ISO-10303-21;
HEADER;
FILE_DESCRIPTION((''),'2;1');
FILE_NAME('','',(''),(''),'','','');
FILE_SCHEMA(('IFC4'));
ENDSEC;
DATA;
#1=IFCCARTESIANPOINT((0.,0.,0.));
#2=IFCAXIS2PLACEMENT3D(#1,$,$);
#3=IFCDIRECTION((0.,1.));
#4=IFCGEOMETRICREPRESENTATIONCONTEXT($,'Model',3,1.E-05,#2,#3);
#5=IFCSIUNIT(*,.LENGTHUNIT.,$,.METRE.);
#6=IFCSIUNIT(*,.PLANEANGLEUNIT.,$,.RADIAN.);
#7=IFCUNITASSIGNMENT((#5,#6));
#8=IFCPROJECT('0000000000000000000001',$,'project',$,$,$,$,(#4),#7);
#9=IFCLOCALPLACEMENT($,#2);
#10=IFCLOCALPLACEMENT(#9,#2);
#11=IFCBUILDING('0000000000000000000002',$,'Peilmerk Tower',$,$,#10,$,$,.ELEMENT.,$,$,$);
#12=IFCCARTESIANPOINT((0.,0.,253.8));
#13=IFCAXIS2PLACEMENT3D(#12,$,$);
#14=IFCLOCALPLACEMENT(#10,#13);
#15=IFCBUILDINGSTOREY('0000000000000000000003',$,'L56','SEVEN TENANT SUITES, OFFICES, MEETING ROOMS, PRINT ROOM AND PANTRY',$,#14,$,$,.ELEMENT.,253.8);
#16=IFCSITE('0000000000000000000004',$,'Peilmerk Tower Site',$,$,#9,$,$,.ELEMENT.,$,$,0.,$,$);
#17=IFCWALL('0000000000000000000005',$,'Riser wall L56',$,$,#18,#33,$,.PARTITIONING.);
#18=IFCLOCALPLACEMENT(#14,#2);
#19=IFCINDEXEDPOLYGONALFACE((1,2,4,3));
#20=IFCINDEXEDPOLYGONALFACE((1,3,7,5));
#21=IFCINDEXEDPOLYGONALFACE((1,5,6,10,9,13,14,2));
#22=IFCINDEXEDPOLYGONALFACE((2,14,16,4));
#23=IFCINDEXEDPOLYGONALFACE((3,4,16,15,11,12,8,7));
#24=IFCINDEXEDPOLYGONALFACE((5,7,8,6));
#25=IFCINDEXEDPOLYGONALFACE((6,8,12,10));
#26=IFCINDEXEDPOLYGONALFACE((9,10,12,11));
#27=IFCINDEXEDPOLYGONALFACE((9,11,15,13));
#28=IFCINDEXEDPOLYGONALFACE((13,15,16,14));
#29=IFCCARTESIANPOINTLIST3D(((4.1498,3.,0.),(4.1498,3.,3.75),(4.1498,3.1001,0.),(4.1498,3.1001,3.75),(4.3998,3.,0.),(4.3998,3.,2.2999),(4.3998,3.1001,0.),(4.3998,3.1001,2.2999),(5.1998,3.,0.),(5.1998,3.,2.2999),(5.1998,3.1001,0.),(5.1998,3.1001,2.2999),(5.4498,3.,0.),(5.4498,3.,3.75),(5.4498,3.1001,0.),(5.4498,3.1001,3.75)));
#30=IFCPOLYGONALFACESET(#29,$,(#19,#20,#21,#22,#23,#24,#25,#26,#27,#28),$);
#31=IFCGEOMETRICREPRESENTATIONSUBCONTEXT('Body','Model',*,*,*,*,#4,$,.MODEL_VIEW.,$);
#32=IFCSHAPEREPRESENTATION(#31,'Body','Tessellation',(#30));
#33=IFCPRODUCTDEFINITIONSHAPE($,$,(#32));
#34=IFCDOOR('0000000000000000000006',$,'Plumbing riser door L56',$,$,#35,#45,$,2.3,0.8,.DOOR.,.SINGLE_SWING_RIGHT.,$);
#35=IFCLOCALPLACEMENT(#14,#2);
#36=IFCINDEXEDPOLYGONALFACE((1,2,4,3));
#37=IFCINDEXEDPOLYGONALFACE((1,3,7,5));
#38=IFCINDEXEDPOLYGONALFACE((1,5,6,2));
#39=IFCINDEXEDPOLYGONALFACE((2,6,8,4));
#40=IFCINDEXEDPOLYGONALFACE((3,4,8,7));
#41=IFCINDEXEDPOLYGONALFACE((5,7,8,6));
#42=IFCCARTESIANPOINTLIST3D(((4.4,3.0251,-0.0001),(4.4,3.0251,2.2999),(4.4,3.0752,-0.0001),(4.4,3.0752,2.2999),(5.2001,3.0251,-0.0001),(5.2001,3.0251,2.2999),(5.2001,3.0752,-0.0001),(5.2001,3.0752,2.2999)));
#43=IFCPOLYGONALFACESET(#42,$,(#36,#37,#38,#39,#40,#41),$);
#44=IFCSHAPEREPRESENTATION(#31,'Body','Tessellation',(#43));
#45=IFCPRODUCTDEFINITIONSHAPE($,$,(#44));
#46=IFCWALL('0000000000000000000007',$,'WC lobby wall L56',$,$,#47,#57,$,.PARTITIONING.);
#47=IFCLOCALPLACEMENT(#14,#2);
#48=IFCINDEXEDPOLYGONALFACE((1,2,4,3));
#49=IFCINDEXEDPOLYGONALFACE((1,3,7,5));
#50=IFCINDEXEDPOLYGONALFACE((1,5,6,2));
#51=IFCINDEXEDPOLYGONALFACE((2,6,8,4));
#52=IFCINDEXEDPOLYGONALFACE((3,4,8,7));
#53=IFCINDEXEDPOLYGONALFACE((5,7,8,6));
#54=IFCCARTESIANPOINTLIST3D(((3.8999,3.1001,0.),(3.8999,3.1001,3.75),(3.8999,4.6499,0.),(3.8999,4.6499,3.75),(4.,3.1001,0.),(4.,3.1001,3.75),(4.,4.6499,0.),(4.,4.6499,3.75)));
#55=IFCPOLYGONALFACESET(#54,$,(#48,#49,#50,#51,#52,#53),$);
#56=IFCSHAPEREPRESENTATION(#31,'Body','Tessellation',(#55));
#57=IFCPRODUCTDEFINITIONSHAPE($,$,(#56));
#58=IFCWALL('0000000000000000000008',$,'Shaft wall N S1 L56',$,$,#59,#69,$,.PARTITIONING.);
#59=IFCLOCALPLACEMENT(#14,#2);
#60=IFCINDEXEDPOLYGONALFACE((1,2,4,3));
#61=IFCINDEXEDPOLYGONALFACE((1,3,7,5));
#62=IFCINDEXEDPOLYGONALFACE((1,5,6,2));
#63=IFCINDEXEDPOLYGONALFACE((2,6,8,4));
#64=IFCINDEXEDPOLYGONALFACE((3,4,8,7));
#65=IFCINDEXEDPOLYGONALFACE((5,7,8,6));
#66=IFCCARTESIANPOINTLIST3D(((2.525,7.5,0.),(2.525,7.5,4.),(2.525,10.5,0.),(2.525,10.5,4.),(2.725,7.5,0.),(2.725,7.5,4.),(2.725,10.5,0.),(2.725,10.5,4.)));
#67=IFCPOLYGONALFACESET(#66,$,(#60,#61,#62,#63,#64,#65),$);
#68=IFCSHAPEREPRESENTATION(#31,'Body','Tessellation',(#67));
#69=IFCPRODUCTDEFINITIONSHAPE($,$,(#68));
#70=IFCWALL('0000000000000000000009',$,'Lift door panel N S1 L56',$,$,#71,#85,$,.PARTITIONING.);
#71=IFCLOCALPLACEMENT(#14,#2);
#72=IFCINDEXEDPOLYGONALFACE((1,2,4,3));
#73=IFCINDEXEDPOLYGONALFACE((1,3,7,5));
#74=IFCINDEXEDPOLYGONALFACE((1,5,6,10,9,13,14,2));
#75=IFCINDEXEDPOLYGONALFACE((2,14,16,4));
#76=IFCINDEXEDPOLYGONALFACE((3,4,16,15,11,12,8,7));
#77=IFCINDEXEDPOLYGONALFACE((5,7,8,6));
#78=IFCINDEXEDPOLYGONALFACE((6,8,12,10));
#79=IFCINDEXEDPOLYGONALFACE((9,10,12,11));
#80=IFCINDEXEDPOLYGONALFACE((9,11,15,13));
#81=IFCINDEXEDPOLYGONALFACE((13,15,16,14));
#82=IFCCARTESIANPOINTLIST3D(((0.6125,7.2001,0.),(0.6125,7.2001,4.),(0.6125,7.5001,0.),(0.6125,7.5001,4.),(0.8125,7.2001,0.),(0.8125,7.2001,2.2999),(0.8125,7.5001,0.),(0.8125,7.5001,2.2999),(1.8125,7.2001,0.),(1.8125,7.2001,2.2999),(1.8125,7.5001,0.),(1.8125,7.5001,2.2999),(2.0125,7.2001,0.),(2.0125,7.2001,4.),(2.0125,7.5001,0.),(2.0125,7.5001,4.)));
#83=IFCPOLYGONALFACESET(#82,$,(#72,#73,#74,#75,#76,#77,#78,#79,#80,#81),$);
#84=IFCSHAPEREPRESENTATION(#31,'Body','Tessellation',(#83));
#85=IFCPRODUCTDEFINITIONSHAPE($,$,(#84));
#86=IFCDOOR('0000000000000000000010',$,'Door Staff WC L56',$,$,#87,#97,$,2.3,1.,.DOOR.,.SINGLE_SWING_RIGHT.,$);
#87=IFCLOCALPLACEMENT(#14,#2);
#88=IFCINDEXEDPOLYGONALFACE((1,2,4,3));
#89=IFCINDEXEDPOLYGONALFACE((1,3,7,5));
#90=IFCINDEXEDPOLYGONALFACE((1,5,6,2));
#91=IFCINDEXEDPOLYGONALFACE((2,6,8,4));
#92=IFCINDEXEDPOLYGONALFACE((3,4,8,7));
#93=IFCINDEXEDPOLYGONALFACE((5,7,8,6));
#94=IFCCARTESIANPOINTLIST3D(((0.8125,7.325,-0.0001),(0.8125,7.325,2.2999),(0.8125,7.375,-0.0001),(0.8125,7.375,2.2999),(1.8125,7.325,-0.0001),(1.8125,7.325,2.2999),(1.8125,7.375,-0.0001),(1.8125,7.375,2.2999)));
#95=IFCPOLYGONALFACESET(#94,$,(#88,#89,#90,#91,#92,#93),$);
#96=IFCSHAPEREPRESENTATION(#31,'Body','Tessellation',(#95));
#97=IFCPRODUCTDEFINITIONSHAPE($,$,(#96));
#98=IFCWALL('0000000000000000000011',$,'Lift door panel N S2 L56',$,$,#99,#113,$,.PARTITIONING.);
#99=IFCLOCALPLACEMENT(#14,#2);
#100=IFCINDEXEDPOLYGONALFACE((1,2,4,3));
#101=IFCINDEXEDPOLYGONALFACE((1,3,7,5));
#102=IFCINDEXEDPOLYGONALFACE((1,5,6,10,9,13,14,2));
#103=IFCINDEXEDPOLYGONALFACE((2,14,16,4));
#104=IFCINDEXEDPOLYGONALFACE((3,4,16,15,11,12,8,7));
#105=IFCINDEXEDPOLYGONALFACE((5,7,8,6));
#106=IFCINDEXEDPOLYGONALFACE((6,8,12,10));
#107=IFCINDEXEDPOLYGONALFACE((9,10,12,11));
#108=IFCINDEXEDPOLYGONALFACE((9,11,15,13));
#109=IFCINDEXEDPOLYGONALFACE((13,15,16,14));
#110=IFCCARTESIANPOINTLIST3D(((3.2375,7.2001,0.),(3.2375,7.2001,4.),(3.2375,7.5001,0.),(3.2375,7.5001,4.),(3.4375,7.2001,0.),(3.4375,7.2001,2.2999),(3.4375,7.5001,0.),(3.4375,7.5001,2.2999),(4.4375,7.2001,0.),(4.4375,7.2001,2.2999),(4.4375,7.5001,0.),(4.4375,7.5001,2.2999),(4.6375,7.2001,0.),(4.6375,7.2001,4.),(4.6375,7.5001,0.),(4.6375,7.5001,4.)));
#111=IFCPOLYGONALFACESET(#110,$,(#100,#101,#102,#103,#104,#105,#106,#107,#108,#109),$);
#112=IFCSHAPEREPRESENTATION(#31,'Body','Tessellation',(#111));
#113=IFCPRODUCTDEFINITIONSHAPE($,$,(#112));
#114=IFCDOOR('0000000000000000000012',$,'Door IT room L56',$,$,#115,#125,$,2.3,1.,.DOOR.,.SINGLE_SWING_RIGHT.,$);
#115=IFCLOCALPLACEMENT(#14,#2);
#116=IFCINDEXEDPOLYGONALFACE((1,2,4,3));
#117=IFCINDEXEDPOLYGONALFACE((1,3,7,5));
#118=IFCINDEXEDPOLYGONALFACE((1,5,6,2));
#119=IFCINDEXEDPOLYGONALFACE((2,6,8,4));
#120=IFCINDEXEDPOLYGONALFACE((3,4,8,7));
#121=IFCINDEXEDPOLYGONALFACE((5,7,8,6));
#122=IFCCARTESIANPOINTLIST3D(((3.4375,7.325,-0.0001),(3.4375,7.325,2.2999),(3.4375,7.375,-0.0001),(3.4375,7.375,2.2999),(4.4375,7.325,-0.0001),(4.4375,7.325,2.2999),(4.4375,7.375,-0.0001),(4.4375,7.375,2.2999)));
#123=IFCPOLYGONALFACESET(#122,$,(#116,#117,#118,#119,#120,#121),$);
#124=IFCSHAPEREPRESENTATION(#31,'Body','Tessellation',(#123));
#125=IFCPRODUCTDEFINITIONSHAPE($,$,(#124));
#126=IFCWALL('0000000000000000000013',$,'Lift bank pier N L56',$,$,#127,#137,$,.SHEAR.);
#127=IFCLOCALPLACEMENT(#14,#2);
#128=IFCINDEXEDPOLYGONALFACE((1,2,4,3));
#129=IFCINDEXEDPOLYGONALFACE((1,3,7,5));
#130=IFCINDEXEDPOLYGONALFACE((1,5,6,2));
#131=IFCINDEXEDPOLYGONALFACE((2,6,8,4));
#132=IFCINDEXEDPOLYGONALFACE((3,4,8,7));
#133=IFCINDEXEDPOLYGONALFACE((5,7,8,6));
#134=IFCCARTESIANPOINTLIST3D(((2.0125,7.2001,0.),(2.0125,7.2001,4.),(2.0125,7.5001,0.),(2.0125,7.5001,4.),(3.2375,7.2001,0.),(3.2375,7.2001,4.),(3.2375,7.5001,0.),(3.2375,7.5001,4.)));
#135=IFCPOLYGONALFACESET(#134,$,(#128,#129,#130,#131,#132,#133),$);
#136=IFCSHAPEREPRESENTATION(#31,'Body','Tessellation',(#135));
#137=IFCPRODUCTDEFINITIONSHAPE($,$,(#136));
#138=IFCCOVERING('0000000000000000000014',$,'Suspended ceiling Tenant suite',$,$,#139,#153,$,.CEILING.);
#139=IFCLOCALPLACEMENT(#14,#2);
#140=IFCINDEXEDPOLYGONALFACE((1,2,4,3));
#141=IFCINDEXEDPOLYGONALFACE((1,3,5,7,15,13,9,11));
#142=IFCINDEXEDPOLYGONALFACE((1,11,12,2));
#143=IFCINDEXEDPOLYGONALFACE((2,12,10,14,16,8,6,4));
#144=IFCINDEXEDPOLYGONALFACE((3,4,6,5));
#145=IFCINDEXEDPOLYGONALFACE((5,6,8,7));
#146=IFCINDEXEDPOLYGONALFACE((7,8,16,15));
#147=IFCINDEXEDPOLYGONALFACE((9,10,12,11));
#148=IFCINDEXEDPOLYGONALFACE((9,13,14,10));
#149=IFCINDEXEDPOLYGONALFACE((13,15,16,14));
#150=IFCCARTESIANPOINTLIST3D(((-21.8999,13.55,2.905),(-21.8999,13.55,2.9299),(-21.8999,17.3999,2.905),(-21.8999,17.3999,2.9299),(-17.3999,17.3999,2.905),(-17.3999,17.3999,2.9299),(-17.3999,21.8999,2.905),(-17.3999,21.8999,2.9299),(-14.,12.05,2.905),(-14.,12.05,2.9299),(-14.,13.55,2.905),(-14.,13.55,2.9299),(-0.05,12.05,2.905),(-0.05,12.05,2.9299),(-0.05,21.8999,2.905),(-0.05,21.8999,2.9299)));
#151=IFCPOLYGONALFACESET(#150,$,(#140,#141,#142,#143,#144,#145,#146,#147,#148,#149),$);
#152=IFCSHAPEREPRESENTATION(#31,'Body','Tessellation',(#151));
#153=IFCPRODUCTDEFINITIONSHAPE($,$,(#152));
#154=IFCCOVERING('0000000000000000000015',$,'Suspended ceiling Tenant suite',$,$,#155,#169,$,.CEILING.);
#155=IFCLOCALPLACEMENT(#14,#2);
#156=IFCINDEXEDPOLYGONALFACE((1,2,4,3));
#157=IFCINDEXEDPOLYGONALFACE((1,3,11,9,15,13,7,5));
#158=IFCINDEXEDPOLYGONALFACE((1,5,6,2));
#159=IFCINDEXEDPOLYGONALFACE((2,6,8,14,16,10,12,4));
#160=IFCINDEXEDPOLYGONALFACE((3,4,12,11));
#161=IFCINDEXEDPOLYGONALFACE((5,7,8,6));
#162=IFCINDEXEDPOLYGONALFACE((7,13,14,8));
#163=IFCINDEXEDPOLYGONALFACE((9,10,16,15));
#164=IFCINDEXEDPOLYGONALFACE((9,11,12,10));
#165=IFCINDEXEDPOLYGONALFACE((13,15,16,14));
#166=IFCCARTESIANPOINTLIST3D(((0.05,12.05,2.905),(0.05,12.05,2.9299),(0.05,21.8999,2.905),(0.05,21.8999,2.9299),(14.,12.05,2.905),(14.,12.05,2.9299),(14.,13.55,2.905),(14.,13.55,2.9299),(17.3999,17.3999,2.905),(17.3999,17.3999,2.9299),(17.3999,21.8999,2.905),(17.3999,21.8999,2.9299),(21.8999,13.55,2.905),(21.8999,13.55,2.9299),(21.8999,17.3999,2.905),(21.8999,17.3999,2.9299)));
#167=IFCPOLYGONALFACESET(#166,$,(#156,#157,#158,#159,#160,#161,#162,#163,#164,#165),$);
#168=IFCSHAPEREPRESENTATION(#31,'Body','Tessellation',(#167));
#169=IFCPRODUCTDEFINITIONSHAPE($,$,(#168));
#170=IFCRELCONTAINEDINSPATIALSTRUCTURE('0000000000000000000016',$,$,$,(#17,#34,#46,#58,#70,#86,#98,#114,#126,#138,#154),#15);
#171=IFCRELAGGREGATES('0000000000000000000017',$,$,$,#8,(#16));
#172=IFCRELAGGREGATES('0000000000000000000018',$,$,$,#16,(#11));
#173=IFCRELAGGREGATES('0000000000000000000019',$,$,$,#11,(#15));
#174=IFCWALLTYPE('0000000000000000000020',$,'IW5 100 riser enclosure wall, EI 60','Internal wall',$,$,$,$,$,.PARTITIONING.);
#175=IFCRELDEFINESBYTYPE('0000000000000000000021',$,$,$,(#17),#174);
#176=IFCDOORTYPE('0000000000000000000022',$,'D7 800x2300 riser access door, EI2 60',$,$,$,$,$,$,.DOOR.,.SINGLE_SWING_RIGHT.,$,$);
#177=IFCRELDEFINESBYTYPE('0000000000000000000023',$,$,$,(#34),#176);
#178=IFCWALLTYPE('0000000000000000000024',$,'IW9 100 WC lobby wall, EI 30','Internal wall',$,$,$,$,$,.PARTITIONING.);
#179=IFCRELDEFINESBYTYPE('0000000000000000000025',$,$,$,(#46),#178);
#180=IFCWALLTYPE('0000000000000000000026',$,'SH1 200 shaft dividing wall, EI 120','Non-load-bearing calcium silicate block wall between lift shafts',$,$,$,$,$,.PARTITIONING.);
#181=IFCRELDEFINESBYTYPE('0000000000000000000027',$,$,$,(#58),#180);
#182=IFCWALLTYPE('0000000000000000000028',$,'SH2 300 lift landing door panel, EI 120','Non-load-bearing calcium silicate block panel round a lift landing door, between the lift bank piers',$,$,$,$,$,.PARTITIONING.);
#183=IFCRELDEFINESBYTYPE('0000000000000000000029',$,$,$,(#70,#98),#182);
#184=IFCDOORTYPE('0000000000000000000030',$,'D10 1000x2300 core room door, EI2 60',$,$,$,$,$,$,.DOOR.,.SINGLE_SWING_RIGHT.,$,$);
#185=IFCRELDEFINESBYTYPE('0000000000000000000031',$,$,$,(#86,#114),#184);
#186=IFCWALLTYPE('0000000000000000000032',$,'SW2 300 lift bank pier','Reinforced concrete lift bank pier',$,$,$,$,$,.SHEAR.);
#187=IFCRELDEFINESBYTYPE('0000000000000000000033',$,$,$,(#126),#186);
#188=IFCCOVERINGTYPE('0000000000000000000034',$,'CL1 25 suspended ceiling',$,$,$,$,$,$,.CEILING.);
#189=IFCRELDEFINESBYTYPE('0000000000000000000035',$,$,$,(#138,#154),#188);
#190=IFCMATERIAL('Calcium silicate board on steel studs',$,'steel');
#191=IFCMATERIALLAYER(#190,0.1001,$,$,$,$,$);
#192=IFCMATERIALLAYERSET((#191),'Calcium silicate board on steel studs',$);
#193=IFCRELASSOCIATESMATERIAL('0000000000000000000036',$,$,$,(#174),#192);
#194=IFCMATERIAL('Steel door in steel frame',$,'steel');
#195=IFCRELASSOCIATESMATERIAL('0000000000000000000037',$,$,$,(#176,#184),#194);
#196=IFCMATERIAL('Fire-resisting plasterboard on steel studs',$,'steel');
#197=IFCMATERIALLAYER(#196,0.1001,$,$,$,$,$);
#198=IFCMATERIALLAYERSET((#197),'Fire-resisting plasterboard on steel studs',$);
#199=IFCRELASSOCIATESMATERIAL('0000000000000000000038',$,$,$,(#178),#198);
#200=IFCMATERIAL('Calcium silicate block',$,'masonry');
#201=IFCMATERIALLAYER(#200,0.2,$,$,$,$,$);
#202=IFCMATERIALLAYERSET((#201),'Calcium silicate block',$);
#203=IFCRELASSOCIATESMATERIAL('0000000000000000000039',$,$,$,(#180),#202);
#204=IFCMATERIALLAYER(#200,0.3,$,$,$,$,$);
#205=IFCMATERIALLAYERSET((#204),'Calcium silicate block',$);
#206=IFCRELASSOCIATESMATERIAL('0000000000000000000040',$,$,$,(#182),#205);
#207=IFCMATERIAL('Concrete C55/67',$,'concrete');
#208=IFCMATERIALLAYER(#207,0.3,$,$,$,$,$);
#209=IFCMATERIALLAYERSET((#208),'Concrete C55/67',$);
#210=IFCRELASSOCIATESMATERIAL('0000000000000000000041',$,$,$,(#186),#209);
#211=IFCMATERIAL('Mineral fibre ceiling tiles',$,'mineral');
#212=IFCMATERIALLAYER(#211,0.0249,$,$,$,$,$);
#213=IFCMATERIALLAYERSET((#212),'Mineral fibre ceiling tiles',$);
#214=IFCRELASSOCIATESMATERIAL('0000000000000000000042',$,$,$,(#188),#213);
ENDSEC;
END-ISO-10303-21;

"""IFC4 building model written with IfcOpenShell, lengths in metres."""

from ifc_helpers import new_model, si_unit, direction, frame, frame_2d, origin, place, context, subcontext, project, spatial, polyline, rectangle, outline, extrude, material, layer, layer_set, type_object, element, fill, save


model = new_model("IFC4")

# Units and contexts
model_context = context("Model", 3, precision=1e-05, world=origin(), true_north=direction((0.0, 1.0)))
body_context = subcontext(model_context, "Body", "Model", "MODEL_VIEW")
ifc_project = project(units=[si_unit("LENGTHUNIT", "METRE"), si_unit("PLANEANGLEUNIT", "RADIAN")], contexts=[model_context])

# Site, building, storey
site_placement = place(None, origin())
site = spatial("IfcSite", under=ifc_project, at=site_placement, Name="Peilmerk Tower Site", CompositionType="ELEMENT", RefElevation=0.0)
building_placement = place(site_placement, origin())
building = spatial("IfcBuilding", under=site, at=building_placement, Name="Peilmerk Tower", CompositionType="ELEMENT")
storey_placement = place(building_placement, frame((0.0, 0.0, 253.8)))
storey = spatial("IfcBuildingStorey", under=building, at=storey_placement, Name="L56", Description="SEVEN TENANT SUITES, OFFICES, MEETING ROOMS, PRINT ROOM AND PANTRY", CompositionType="ELEMENT", Elevation=253.8)

# Wall, opening, door
ifc_material_1 = material(Name="Calcium silicate board on steel studs", Category="steel")
ifc_layer_1 = layer(ifc_material_1, 0.1001)
ifc_layer_set_1 = layer_set([ifc_layer_1], Name="Calcium silicate board on steel studs")
wall_type_1 = type_object("IfcWallType", Name="IW5 100 riser enclosure wall, EI 60", Description="Internal wall", PredefinedType="PARTITIONING", material=ifc_layer_set_1)
wall_1_placement = place(storey_placement, frame((4.1499, 3.05, 0.0), z_axis=(0.0, 0.0, 1.0), x_axis=(1.0, 0.0, 0.0)))
wall_1 = element("IfcWall", 1, at=wall_1_placement, inside=storey, type_object=wall_type_1, Name="Riser wall L56", PredefinedType="PARTITIONING", context=body_context, shape_type="SweptSolid", body=[
    extrude(rectangle(XDim=1.3, YDim=0.1001, at=frame_2d((0.6499, 0.0))), origin(), (0.0, 0.0, 1.0), 3.75),
])
opening_1_placement = place(wall_1_placement, frame((0.25, 0.0, 0.0)))
opening_1 = element("IfcOpeningElement", 2, at=opening_1_placement, cuts=wall_1, PredefinedType="OPENING", context=body_context, shape_type="SweptSolid", body=[
    extrude(rectangle(XDim=0.8, YDim=2.3, at=frame_2d((0.3999, 1.1499))), frame((0.0, 0.0601, 0.0), z_axis=(0.0, -1.0, 0.0), x_axis=(1.0, 0.0, 0.0)), (0.0, 0.0, 1.0), 0.1201),
])
ifc_material_2 = material(Name="Steel door in steel frame", Category="steel")
door_type_1 = type_object("IfcDoorType", Name="D7 800x2300 riser access door, EI2 60", OperationType="SINGLE_SWING_RIGHT", PredefinedType="DOOR", material=ifc_material_2)
door_1_placement = place(opening_1_placement, frame((0.8, 0.0, 0.0), z_axis=(0.0, 0.0, 1.0), x_axis=(-1.0, 0.0, 0.0)))
door_1 = element("IfcDoor", 3, at=door_1_placement, inside=storey, type_object=door_type_1, Name="Plumbing riser door L56", OperationType="SINGLE_SWING_RIGHT", OverallHeight=2.3, OverallWidth=0.8, PredefinedType="DOOR", context=body_context, shape_type="SweptSolid", body=[
    extrude(rectangle(XDim=0.8, YDim=2.3, at=frame_2d((0.3999, 1.1499))), frame((0.0, 0.0249, 0.0), z_axis=(0.0, -1.0, 0.0), x_axis=(1.0, 0.0, 0.0)), (0.0, 0.0, 1.0), 0.05),
])
fill(opening_1, door_1)

# Walls
ifc_material_3 = material(Name="Fire-resisting plasterboard on steel studs", Category="steel")
ifc_layer_2 = layer(ifc_material_3, 0.1001)
ifc_layer_set_2 = layer_set([ifc_layer_2], Name="Fire-resisting plasterboard on steel studs")
wall_type_2 = type_object("IfcWallType", Name="IW9 100 WC lobby wall, EI 30", Description="Internal wall", PredefinedType="PARTITIONING", material=ifc_layer_set_2)
wall_2_placement = place(storey_placement, frame((3.95, 3.1001, 0.0), z_axis=(0.0, 0.0, 1.0), x_axis=(0.0, 1.0, 0.0)))
element("IfcWall", 4, at=wall_2_placement, inside=storey, type_object=wall_type_2, Name="WC lobby wall L56", PredefinedType="PARTITIONING", context=body_context, shape_type="SweptSolid", body=[
    extrude(rectangle(XDim=1.5498, YDim=0.1001, at=frame_2d((0.7749, 0.0))), origin(), (0.0, 0.0, 1.0), 3.75),
])
ifc_material_4 = material(Name="Calcium silicate block", Category="masonry")
ifc_layer_3 = layer(ifc_material_4, 0.2)
ifc_layer_set_3 = layer_set([ifc_layer_3], Name="Calcium silicate block")
wall_type_3 = type_object("IfcWallType", Name="SH1 200 shaft dividing wall, EI 120", Description="Non-load-bearing calcium silicate block wall between lift shafts", PredefinedType="PARTITIONING", material=ifc_layer_set_3)
wall_3_placement = place(storey_placement, frame((2.625, 7.5, 0.0), z_axis=(0.0, 0.0, 1.0), x_axis=(0.0, 1.0, 0.0)))
element("IfcWall", 5, at=wall_3_placement, inside=storey, type_object=wall_type_3, Name="Shaft wall N S1 L56", PredefinedType="PARTITIONING", context=body_context, shape_type="SweptSolid", body=[
    extrude(rectangle(XDim=3.0, YDim=0.2, at=frame_2d((1.5, 0.0))), origin(), (0.0, 0.0, 1.0), 4.0),
])

# Walls, openings, doors
ifc_layer_4 = layer(ifc_material_4, 0.3)
ifc_layer_set_4 = layer_set([ifc_layer_4], Name="Calcium silicate block")
wall_type_4 = type_object("IfcWallType", Name="SH2 300 lift landing door panel, EI 120", Description="Non-load-bearing calcium silicate block panel round a lift landing door, between the lift bank piers", PredefinedType="PARTITIONING", material=ifc_layer_set_4)
wall_4_placement = place(storey_placement, frame((0.6125, 7.3501, 0.0), z_axis=(0.0, 0.0, 1.0), x_axis=(1.0, 0.0, 0.0)))
wall_4 = element("IfcWall", 6, at=wall_4_placement, inside=storey, type_object=wall_type_4, Name="Lift door panel N S1 L56", PredefinedType="PARTITIONING", context=body_context, shape_type="SweptSolid", body=[
    extrude(rectangle(XDim=1.3999, YDim=0.3, at=frame_2d((0.7, 0.0))), origin(), (0.0, 0.0, 1.0), 4.0),
])
opening_2_placement = place(wall_4_placement, frame((0.2, 0.0, 0.0)))
opening_2 = element("IfcOpeningElement", 7, at=opening_2_placement, cuts=wall_4, PredefinedType="OPENING", context=body_context, shape_type="SweptSolid", body=[
    extrude(rectangle(XDim=1.0, YDim=2.3, at=frame_2d((0.5, 1.1499))), frame((0.0, 0.1599, 0.0), z_axis=(0.0, -1.0, 0.0), x_axis=(1.0, 0.0, 0.0)), (0.0, 0.0, 1.0), 0.3201),
])
door_type_2 = type_object("IfcDoorType", Name="D10 1000x2300 core room door, EI2 60", OperationType="SINGLE_SWING_RIGHT", PredefinedType="DOOR", material=ifc_material_2)
door_2_placement = place(opening_2_placement, origin())
door_2 = element("IfcDoor", 8, at=door_2_placement, inside=storey, type_object=door_type_2, Name="Door Staff WC L56", OperationType="SINGLE_SWING_RIGHT", OverallHeight=2.3, OverallWidth=1.0, PredefinedType="DOOR", context=body_context, shape_type="SweptSolid", body=[
    extrude(rectangle(XDim=1.0, YDim=2.3, at=frame_2d((0.5, 1.1499))), frame((0.0, 0.0249, 0.0), z_axis=(0.0, -1.0, 0.0), x_axis=(1.0, 0.0, 0.0)), (0.0, 0.0, 1.0), 0.05),
])
fill(opening_2, door_2)
wall_5_placement = place(storey_placement, frame((3.2375, 7.3501, 0.0), z_axis=(0.0, 0.0, 1.0), x_axis=(1.0, 0.0, 0.0)))
wall_5 = element("IfcWall", 9, at=wall_5_placement, inside=storey, type_object=wall_type_4, Name="Lift door panel N S2 L56", PredefinedType="PARTITIONING", context=body_context, shape_type="SweptSolid", body=[
    extrude(rectangle(XDim=1.3999, YDim=0.3, at=frame_2d((0.7, 0.0))), origin(), (0.0, 0.0, 1.0), 4.0),
])
opening_3_placement = place(wall_5_placement, frame((0.2, 0.0, 0.0)))
opening_3 = element("IfcOpeningElement", 10, at=opening_3_placement, cuts=wall_5, PredefinedType="OPENING", context=body_context, shape_type="SweptSolid", body=[
    extrude(rectangle(XDim=1.0, YDim=2.3, at=frame_2d((0.5, 1.1499))), frame((0.0, 0.1599, 0.0), z_axis=(0.0, -1.0, 0.0), x_axis=(1.0, 0.0, 0.0)), (0.0, 0.0, 1.0), 0.3201),
])
door_3_placement = place(opening_3_placement, origin())
door_3 = element("IfcDoor", 11, at=door_3_placement, inside=storey, type_object=door_type_2, Name="Door IT room L56", OperationType="SINGLE_SWING_RIGHT", OverallHeight=2.3, OverallWidth=1.0, PredefinedType="DOOR", context=body_context, shape_type="SweptSolid", body=[
    extrude(rectangle(XDim=1.0, YDim=2.3, at=frame_2d((0.5, 1.1499))), frame((0.0, 0.0249, 0.0), z_axis=(0.0, -1.0, 0.0), x_axis=(1.0, 0.0, 0.0)), (0.0, 0.0, 1.0), 0.05),
])
fill(opening_3, door_3)

# Wall
ifc_material_5 = material(Name="Concrete C55/67", Category="concrete")
ifc_layer_5 = layer(ifc_material_5, 0.3)
ifc_layer_set_5 = layer_set([ifc_layer_5], Name="Concrete C55/67")
wall_type_5 = type_object("IfcWallType", Name="SW2 300 lift bank pier", Description="Reinforced concrete lift bank pier", PredefinedType="SHEAR", material=ifc_layer_set_5)
wall_6_placement = place(storey_placement, frame((2.0125, 7.3501, 0.0), z_axis=(0.0, 0.0, 1.0), x_axis=(1.0, 0.0, 0.0)))
element("IfcWall", 12, at=wall_6_placement, inside=storey, type_object=wall_type_5, Name="Lift bank pier N L56", PredefinedType="SHEAR", context=body_context, shape_type="SweptSolid", body=[
    extrude(rectangle(XDim=1.2251, YDim=0.3, at=frame_2d((0.6125, 0.0))), origin(), (0.0, 0.0, 1.0), 4.0),
])

# Coverings
ifc_material_6 = material(Name="Mineral fibre ceiling tiles", Category="mineral")
ifc_layer_6 = layer(ifc_material_6, 0.0249)
ifc_layer_set_6 = layer_set([ifc_layer_6], Name="Mineral fibre ceiling tiles")
covering_type = type_object("IfcCoveringType", Name="CL1 25 suspended ceiling", PredefinedType="CEILING", material=ifc_layer_set_6)
covering_1_placement = place(storey_placement, frame((0.0, 0.0, 2.905)))
element("IfcCovering", 13, at=covering_1_placement, inside=storey, type_object=covering_type, Name="Suspended ceiling Tenant suite", PredefinedType="CEILING", context=body_context, shape_type="SweptSolid", body=[
    extrude(outline(polyline([(-21.8999, 17.3999), (-21.8999, 13.55), (-14.0, 13.55), (-14.0, 12.05), (-0.05, 12.05), (-0.05, 21.8999), (-17.3999, 21.8999), (-17.3999, 17.3999), (-21.8999, 17.3999)])), origin(), (0.0, 0.0, 1.0), 0.0249),
])
covering_2_placement = place(storey_placement, frame((0.0, 0.0, 2.905)))
element("IfcCovering", 14, at=covering_2_placement, inside=storey, type_object=covering_type, Name="Suspended ceiling Tenant suite", PredefinedType="CEILING", context=body_context, shape_type="SweptSolid", body=[
    extrude(outline(polyline([(17.3999, 21.8999), (0.05, 21.8999), (0.05, 12.05), (14.0, 12.05), (14.0, 13.55), (21.8999, 13.55), (21.8999, 17.3999), (17.3999, 17.3999), (17.3999, 21.8999)])), origin(), (0.0, 0.0, 1.0), 0.0249),
])

save(model, "model.ifc")
